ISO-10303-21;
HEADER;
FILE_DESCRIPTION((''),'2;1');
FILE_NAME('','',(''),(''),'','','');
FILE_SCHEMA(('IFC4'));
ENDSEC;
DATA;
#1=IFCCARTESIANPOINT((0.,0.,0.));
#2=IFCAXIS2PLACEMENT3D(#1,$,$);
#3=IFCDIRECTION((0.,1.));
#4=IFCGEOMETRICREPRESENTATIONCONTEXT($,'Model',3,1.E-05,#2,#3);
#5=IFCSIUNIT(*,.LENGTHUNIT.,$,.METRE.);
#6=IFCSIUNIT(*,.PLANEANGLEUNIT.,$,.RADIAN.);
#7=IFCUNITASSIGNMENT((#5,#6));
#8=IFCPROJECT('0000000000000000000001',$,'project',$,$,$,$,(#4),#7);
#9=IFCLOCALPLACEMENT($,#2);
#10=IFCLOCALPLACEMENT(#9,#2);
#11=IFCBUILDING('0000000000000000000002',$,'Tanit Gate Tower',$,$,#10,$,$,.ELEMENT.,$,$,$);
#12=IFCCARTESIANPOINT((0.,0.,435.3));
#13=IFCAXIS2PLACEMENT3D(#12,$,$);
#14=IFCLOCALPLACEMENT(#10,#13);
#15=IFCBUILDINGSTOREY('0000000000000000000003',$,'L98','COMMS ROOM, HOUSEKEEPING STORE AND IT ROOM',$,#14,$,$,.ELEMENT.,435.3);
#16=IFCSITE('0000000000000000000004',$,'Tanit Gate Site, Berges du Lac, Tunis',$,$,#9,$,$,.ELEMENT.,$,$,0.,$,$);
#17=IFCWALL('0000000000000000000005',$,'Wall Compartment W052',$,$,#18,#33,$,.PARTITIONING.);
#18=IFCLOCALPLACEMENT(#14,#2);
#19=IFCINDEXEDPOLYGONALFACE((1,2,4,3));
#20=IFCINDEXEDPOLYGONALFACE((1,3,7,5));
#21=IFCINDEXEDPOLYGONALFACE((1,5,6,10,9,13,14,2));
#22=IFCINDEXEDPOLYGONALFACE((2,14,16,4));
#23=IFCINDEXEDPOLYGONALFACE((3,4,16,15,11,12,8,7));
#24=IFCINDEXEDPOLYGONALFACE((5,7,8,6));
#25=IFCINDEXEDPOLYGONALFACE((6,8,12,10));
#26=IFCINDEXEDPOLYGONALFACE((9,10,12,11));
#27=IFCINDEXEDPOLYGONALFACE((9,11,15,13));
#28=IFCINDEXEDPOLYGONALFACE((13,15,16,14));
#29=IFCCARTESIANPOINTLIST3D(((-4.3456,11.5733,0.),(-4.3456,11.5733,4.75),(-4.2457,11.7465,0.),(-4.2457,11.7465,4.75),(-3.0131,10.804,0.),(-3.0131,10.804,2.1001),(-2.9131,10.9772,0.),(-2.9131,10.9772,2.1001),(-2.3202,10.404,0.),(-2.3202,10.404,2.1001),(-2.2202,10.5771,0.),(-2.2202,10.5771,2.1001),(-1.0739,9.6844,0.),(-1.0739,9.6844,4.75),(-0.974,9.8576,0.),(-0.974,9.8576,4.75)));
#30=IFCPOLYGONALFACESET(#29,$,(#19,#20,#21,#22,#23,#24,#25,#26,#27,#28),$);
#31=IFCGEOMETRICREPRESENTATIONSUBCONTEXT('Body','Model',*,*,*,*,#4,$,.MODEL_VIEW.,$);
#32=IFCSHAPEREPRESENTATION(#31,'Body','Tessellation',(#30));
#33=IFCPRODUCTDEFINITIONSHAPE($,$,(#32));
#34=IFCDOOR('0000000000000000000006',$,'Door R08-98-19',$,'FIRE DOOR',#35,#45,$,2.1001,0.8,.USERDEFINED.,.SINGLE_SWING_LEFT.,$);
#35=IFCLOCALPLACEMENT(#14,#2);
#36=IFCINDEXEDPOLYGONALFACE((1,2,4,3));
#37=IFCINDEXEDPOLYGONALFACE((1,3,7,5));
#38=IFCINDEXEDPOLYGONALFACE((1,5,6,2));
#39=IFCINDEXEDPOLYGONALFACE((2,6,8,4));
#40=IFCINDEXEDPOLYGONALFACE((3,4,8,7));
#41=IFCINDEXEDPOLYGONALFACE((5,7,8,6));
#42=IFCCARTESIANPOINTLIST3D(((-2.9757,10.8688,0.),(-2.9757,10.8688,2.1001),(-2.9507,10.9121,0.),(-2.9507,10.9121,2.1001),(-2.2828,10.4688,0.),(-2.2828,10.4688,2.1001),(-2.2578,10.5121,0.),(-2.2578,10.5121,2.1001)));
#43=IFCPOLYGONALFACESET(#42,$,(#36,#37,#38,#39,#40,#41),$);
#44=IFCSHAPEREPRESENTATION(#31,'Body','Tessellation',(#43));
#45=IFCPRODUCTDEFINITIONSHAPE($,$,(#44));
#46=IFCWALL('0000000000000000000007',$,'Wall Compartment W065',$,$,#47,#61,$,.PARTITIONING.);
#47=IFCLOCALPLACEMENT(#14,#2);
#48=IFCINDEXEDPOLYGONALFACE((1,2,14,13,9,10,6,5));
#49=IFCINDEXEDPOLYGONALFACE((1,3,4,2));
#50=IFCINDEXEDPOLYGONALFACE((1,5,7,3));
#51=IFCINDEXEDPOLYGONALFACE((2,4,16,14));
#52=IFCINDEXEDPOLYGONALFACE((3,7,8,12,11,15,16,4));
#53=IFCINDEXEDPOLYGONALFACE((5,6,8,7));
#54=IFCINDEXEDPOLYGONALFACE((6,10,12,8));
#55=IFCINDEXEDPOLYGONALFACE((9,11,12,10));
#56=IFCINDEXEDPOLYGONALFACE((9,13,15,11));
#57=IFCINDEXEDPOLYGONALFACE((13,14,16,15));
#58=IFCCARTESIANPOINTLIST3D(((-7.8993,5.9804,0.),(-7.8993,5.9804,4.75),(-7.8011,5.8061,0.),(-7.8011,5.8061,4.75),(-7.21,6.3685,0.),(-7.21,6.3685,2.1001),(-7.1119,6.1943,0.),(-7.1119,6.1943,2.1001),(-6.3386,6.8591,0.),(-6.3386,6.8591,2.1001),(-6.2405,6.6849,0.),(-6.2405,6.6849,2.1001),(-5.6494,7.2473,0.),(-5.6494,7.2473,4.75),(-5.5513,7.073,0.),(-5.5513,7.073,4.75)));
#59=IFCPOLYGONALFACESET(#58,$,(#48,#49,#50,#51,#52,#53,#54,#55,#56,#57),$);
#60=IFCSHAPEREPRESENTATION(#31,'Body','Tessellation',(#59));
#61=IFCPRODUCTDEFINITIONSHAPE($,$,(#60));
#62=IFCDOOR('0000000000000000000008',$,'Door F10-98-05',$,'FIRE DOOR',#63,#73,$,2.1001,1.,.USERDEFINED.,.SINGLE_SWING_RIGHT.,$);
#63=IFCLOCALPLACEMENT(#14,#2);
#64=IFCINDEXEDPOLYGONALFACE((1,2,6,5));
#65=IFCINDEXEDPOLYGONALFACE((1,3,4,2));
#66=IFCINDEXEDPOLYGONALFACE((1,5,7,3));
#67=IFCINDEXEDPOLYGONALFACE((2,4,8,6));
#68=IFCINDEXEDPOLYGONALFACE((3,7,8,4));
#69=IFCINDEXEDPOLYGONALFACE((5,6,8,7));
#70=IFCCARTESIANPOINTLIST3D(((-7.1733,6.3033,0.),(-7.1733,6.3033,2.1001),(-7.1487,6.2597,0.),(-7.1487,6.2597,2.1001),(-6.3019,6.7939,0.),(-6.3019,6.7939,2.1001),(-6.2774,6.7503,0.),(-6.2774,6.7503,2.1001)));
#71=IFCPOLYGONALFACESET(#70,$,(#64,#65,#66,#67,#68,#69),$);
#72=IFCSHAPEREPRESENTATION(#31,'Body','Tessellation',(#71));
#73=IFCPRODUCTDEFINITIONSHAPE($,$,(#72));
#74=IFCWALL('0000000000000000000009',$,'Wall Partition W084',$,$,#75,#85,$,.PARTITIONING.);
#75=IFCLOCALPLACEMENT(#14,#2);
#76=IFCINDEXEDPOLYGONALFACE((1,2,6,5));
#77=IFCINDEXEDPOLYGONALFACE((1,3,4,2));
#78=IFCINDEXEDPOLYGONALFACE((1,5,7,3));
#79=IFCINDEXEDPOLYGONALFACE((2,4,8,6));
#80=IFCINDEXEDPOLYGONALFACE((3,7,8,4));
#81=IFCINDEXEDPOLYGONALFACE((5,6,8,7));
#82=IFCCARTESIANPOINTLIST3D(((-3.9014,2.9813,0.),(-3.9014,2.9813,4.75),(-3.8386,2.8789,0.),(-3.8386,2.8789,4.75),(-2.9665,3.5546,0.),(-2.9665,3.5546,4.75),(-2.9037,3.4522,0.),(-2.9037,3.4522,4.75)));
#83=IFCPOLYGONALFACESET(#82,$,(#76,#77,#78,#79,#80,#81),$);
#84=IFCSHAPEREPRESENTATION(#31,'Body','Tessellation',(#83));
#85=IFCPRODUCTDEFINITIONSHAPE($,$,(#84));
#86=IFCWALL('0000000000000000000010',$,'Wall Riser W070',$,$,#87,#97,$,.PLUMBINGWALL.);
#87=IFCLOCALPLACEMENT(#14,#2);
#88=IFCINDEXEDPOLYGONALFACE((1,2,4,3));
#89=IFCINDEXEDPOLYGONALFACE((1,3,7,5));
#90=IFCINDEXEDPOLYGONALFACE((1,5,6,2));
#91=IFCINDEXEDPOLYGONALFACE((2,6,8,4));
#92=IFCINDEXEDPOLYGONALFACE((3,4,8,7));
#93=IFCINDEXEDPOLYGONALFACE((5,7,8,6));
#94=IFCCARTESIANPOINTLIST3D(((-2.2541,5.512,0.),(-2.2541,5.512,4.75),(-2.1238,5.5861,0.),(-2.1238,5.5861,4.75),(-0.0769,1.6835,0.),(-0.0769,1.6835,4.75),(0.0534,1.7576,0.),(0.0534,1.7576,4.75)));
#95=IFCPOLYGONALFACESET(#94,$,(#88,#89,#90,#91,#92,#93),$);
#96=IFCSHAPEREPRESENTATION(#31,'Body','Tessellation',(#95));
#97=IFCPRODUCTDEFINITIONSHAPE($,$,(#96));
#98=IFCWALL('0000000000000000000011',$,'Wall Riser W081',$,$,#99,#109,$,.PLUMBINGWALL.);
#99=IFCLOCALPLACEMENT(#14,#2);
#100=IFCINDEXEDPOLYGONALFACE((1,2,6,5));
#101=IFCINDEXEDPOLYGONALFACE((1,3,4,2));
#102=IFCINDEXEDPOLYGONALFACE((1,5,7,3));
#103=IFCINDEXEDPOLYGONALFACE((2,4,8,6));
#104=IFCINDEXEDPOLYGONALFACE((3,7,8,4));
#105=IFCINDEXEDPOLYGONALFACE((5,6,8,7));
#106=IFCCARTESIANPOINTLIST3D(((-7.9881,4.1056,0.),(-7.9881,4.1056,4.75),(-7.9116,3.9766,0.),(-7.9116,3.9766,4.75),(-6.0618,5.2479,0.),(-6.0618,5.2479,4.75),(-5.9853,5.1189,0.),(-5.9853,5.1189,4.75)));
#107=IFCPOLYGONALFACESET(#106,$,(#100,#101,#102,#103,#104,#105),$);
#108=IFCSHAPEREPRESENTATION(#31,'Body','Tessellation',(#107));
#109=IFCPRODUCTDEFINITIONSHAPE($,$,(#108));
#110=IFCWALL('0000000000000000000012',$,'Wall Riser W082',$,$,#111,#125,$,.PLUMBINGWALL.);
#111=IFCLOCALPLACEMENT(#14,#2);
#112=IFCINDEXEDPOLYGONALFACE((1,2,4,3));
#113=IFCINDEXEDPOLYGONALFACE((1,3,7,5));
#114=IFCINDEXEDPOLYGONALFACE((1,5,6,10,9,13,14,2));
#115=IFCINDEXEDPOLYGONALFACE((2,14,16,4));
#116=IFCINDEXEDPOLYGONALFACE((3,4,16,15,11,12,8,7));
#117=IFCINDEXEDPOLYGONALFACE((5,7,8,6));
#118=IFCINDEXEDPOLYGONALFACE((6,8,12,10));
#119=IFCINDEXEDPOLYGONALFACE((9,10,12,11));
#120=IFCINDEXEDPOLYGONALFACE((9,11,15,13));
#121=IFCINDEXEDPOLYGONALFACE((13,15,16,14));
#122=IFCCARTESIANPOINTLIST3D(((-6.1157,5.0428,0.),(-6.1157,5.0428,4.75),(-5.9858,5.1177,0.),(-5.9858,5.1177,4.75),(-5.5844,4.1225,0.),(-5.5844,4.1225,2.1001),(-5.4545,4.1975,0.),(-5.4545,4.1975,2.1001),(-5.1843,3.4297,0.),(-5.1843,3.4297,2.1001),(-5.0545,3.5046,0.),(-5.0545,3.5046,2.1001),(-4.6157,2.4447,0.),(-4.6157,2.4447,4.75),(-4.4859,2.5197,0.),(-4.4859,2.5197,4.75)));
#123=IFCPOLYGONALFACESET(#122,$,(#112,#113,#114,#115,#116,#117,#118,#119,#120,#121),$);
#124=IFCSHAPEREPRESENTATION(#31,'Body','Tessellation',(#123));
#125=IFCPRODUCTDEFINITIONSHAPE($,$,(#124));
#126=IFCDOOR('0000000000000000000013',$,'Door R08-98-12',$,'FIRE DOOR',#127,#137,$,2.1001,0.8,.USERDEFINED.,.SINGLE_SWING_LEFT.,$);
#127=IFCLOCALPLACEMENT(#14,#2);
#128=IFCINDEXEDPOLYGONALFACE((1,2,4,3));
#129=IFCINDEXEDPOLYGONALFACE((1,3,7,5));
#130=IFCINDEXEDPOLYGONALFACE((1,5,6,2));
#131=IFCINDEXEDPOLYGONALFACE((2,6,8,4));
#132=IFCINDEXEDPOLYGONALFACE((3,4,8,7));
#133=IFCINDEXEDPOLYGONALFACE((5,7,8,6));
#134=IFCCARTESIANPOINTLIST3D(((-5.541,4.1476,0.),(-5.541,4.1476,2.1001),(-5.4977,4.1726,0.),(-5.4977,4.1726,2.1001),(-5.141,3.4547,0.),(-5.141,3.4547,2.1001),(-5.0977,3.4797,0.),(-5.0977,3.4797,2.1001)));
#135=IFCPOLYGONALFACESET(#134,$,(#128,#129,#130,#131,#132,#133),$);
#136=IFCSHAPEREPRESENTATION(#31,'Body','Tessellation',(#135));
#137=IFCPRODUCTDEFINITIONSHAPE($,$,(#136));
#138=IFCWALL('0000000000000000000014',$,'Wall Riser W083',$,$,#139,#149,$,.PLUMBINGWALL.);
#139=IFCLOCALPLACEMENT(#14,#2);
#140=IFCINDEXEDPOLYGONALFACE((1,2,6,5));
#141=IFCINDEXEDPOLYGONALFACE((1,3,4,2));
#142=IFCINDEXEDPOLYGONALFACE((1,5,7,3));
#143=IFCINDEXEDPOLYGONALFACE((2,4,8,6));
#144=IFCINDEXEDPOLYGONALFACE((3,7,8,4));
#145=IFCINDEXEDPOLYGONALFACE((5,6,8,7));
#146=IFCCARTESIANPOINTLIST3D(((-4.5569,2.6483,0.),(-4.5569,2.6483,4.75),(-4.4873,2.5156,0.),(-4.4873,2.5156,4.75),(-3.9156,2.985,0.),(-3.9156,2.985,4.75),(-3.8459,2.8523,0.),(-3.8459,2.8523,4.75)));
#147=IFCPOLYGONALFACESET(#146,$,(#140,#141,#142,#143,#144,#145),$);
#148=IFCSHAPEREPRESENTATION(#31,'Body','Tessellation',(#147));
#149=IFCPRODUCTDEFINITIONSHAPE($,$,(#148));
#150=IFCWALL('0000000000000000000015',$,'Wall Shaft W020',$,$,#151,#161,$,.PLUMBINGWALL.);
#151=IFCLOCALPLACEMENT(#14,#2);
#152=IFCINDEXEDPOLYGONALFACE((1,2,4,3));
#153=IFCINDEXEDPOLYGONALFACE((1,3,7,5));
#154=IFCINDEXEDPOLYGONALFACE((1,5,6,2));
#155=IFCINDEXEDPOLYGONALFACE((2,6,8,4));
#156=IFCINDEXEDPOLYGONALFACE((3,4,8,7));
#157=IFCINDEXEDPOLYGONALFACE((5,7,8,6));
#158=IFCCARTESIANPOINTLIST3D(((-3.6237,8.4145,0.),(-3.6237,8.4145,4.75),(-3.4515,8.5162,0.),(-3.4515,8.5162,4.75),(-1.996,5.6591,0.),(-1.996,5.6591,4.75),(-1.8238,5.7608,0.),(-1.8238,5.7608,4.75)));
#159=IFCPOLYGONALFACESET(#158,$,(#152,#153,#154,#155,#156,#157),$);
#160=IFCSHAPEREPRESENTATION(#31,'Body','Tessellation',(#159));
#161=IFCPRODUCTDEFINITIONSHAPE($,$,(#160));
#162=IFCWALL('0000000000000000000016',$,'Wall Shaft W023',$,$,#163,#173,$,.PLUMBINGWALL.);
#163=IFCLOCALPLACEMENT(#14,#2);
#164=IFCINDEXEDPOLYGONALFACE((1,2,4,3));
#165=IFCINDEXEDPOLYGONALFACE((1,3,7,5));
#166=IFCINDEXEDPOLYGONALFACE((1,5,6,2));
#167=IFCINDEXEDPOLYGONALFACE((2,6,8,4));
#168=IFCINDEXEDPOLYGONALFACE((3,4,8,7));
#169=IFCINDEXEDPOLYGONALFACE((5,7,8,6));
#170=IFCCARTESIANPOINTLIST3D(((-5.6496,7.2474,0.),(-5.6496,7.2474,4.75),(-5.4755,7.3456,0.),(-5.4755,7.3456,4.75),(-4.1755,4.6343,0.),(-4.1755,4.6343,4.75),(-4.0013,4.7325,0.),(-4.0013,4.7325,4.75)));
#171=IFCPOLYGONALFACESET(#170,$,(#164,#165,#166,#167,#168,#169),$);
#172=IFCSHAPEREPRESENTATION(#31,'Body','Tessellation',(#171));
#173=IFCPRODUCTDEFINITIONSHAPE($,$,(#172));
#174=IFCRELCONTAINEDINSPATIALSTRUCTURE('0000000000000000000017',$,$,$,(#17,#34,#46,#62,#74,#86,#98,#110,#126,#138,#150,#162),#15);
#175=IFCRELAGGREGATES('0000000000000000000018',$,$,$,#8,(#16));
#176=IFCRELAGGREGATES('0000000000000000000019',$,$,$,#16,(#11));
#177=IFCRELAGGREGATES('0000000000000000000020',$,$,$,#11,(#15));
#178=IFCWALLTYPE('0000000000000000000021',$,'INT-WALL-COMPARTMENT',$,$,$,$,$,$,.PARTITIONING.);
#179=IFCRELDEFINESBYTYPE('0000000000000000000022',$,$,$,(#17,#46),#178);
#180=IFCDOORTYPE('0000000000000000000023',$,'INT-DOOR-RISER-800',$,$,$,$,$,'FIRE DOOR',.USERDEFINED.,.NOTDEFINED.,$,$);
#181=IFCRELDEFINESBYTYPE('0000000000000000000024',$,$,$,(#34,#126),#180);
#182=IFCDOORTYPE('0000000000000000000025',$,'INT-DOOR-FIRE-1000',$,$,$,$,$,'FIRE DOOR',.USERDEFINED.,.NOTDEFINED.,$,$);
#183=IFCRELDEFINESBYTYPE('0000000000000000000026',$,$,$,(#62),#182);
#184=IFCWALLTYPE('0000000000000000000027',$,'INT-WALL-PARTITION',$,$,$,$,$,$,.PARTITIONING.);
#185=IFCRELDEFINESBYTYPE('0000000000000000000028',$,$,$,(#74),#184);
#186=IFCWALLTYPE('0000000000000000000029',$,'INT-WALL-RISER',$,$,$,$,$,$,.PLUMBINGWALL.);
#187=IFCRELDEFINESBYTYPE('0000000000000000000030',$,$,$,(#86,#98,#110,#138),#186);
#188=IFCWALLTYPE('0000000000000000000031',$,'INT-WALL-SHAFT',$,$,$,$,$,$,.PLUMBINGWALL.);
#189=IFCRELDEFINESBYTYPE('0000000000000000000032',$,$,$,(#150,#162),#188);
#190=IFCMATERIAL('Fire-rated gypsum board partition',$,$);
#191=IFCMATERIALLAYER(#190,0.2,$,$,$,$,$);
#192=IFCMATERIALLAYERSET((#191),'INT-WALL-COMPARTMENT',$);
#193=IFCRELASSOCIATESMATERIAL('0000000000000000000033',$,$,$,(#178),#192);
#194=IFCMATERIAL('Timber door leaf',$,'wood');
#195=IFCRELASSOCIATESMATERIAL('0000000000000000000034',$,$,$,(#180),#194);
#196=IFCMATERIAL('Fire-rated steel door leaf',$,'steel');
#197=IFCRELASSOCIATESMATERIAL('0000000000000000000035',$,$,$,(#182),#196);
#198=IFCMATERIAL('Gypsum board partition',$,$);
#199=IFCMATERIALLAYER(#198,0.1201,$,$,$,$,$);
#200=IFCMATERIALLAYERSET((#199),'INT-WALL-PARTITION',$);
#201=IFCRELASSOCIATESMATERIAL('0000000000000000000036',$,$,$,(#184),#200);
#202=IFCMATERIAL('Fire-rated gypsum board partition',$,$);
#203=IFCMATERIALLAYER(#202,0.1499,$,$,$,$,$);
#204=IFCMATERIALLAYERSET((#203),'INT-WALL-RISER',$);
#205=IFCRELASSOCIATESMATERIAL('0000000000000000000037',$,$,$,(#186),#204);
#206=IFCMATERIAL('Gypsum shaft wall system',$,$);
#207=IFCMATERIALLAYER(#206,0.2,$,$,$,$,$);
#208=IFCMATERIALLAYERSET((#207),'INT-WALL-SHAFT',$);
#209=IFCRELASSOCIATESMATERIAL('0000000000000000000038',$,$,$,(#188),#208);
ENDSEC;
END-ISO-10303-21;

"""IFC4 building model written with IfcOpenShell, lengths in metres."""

from ifc_helpers import new_model, si_unit, direction, frame, frame_2d, origin, place, context, subcontext, project, spatial, rectangle, extrude, material, layer, layer_set, type_object, element, fill, save


model = new_model("IFC4")

# Units and contexts
model_context = context("Model", 3, precision=1e-05, world=origin(), true_north=direction((0.0, 1.0)))
body_context = subcontext(model_context, "Body", "Model", "MODEL_VIEW")
ifc_project = project(units=[si_unit("LENGTHUNIT", "METRE"), si_unit("PLANEANGLEUNIT", "RADIAN")], contexts=[model_context])

# Site, building, storey
site_placement = place(None, origin())
site = spatial("IfcSite", under=ifc_project, at=site_placement, Name="Tanit Gate Site, Berges du Lac, Tunis", CompositionType="ELEMENT", RefElevation=0.0)
building_placement = place(site_placement, origin())
building = spatial("IfcBuilding", under=site, at=building_placement, Name="Tanit Gate Tower", CompositionType="ELEMENT")
storey_placement = place(building_placement, frame((0.0, 0.0, 435.3)))
storey = spatial("IfcBuildingStorey", under=building, at=storey_placement, Name="L98", Description="COMMS ROOM, HOUSEKEEPING STORE AND IT ROOM", CompositionType="ELEMENT", Elevation=435.3)

# Walls, openings, doors
ifc_material_1 = material(Name="Fire-rated gypsum board partition")
ifc_layer_1 = layer(ifc_material_1, 0.2)
ifc_layer_set_1 = layer_set([ifc_layer_1], Name="INT-WALL-COMPARTMENT")
wall_type_1 = type_object("IfcWallType", Name="INT-WALL-COMPARTMENT", PredefinedType="PARTITIONING", material=ifc_layer_set_1)
wall_1_placement = place(storey_placement, frame((-4.2957, 11.6599, 0.0), z_axis=(0.0, 0.0, 1.0), x_axis=(0.866027, -0.499997, 0.0)))
wall_1 = element("IfcWall", 1, at=wall_1_placement, inside=storey, type_object=wall_type_1, Name="Wall Compartment W052", PredefinedType="PARTITIONING", context=body_context, shape_type="SweptSolid", body=[
    extrude(rectangle(XDim=3.7778, YDim=0.2, at=frame_2d((1.8889, 0.0))), origin(), (0.0, 0.0, 1.0), 4.75),
])
opening_1_placement = place(wall_1_placement, frame((1.5388, 0.0, 0.0)))
opening_1 = element("IfcOpeningElement", 2, at=opening_1_placement, cuts=wall_1, PredefinedType="OPENING", context=body_context, shape_type="SweptSolid", body=[
    extrude(rectangle(XDim=0.8, YDim=2.1001, at=frame_2d((0.3999, 1.05))), frame((0.0, 0.1099, 0.0), z_axis=(0.0, -1.0, 0.0), x_axis=(1.0, 0.0, 0.0)), (0.0, 0.0, 1.0), 0.22),
])
ifc_material_2 = material(Name="Timber door leaf", Category="wood")
door_type_1 = type_object("IfcDoorType", Name="INT-DOOR-RISER-800", ElementType="FIRE DOOR", OperationType="NOTDEFINED", PredefinedType="USERDEFINED", material=ifc_material_2)
door_1_placement = place(opening_1_placement, origin())
door_1 = element("IfcDoor", 3, at=door_1_placement, inside=storey, type_object=door_type_1, Name="Door R08-98-19", ObjectType="FIRE DOOR", OperationType="SINGLE_SWING_LEFT", OverallHeight=2.1001, OverallWidth=0.8, PredefinedType="USERDEFINED", context=body_context, shape_type="SweptSolid", body=[
    extrude(rectangle(XDim=0.8, YDim=2.1001, at=frame_2d((0.3999, 1.05))), frame((0.0, 0.0249, 0.0), z_axis=(0.0, -1.0, 0.0), x_axis=(1.0, 0.0, 0.0)), (0.0, 0.0, 1.0), 0.05),
])
fill(opening_1, door_1)
wall_2_placement = place(storey_placement, frame((-5.6003, 7.1602, 0.0), z_axis=(0.0, 0.0, 1.0), x_axis=(-0.871351, -0.490661, 0.0)))
wall_2 = element("IfcWall", 4, at=wall_2_placement, inside=storey, type_object=wall_type_1, Name="Wall Compartment W065", PredefinedType="PARTITIONING", context=body_context, shape_type="SweptSolid", body=[
    extrude(rectangle(XDim=2.582, YDim=0.2, at=frame_2d((1.291, 0.0))), origin(), (0.0, 0.0, 1.0), 4.75),
])
opening_2_placement = place(wall_2_placement, frame((0.791, 0.0, 0.0)))
opening_2 = element("IfcOpeningElement", 5, at=opening_2_placement, cuts=wall_2, PredefinedType="OPENING", context=body_context, shape_type="SweptSolid", body=[
    extrude(rectangle(XDim=1.0, YDim=2.1001, at=frame_2d((0.5, 1.05))), frame((0.0, 0.1099, 0.0), z_axis=(0.0, -1.0, 0.0), x_axis=(1.0, 0.0, 0.0)), (0.0, 0.0, 1.0), 0.22),
])
ifc_material_3 = material(Name="Fire-rated steel door leaf", Category="steel")
door_type_2 = type_object("IfcDoorType", Name="INT-DOOR-FIRE-1000", ElementType="FIRE DOOR", OperationType="NOTDEFINED", PredefinedType="USERDEFINED", material=ifc_material_3)
door_2_placement = place(opening_2_placement, origin())
door_2 = element("IfcDoor", 6, at=door_2_placement, inside=storey, type_object=door_type_2, Name="Door F10-98-05", ObjectType="FIRE DOOR", OperationType="SINGLE_SWING_RIGHT", OverallHeight=2.1001, OverallWidth=1.0, PredefinedType="USERDEFINED", context=body_context, shape_type="SweptSolid", body=[
    extrude(rectangle(XDim=1.0, YDim=2.1001, at=frame_2d((0.5, 1.05))), frame((0.0, 0.0249, 0.0), z_axis=(0.0, -1.0, 0.0), x_axis=(1.0, 0.0, 0.0)), (0.0, 0.0, 1.0), 0.05),
])
fill(opening_2, door_2)

# Walls
ifc_material_4 = material(Name="Gypsum board partition")
ifc_layer_2 = layer(ifc_material_4, 0.1201)
ifc_layer_set_2 = layer_set([ifc_layer_2], Name="INT-WALL-PARTITION")
wall_type_2 = type_object("IfcWallType", Name="INT-WALL-PARTITION", PredefinedType="PARTITIONING", material=ifc_layer_set_2)
wall_3_placement = place(storey_placement, frame((-2.9351, 3.5034, 0.0), z_axis=(0.0, 0.0, 1.0), x_axis=(-0.852483, -0.522755, 0.0)))
element("IfcWall", 7, at=wall_3_placement, inside=storey, type_object=wall_type_2, Name="Wall Partition W084", PredefinedType="PARTITIONING", context=body_context, shape_type="SweptSolid", body=[
    extrude(rectangle(XDim=1.0967, YDim=0.1201, at=frame_2d((0.5483, 0.0))), origin(), (0.0, 0.0, 1.0), 4.75),
])
ifc_material_5 = material(Name="Fire-rated gypsum board partition")
ifc_layer_3 = layer(ifc_material_5, 0.1499)
ifc_layer_set_3 = layer_set([ifc_layer_3], Name="INT-WALL-RISER")
wall_type_3 = type_object("IfcWallType", Name="INT-WALL-RISER", PredefinedType="PLUMBINGWALL", material=ifc_layer_set_3)
wall_4_placement = place(storey_placement, frame((-2.189, 5.5491, 0.0), z_axis=(0.0, 0.0, 1.0), x_axis=(0.494335, -0.869271, 0.0)))
element("IfcWall", 8, at=wall_4_placement, inside=storey, type_object=wall_type_3, Name="Wall Riser W070", PredefinedType="PLUMBINGWALL", context=body_context, shape_type="SweptSolid", body=[
    extrude(rectangle(XDim=4.4043, YDim=0.1499, at=frame_2d((2.2021, 0.0))), origin(), (0.0, 0.0, 1.0), 4.75),
])
wall_5_placement = place(storey_placement, frame((-6.0237, 5.1833, 0.0), z_axis=(0.0, 0.0, 1.0), x_axis=(-0.860127, -0.51008, 0.0)))
element("IfcWall", 9, at=wall_5_placement, inside=storey, type_object=wall_type_3, Name="Wall Riser W081", PredefinedType="PLUMBINGWALL", context=body_context, shape_type="SweptSolid", body=[
    extrude(rectangle(XDim=2.2395, YDim=0.1499, at=frame_2d((1.1196, 0.0))), origin(), (0.0, 0.0, 1.0), 4.75),
])

# Wall, opening, door
wall_6_placement = place(storey_placement, frame((-4.5508, 2.4822, 0.0), z_axis=(0.0, 0.0, 1.0), x_axis=(-0.49999, 0.866031, 0.0)))
wall_6 = element("IfcWall", 10, at=wall_6_placement, inside=storey, type_object=wall_type_3, Name="Wall Riser W082", PredefinedType="PLUMBINGWALL", context=body_context, shape_type="SweptSolid", body=[
    extrude(rectangle(XDim=3.0, YDim=0.1499, at=frame_2d((1.5, 0.0))), origin(), (0.0, 0.0, 1.0), 4.75),
])
opening_3_placement = place(wall_6_placement, frame((1.1375, 0.0, 0.0)))
opening_3 = element("IfcOpeningElement", 11, at=opening_3_placement, cuts=wall_6, PredefinedType="OPENING", context=body_context, shape_type="SweptSolid", body=[
    extrude(rectangle(XDim=0.8, YDim=2.1001, at=frame_2d((0.3999, 1.05))), frame((0.0, 0.085, 0.0), z_axis=(0.0, -1.0, 0.0), x_axis=(1.0, 0.0, 0.0)), (0.0, 0.0, 1.0), 0.1699),
])
door_3_placement = place(opening_3_placement, origin())
door_3 = element("IfcDoor", 12, at=door_3_placement, inside=storey, type_object=door_type_1, Name="Door R08-98-12", ObjectType="FIRE DOOR", OperationType="SINGLE_SWING_LEFT", OverallHeight=2.1001, OverallWidth=0.8, PredefinedType="USERDEFINED", context=body_context, shape_type="SweptSolid", body=[
    extrude(rectangle(XDim=0.8, YDim=2.1001, at=frame_2d((0.3999, 1.05))), frame((0.0, 0.0249, 0.0), z_axis=(0.0, -1.0, 0.0), x_axis=(1.0, 0.0, 0.0)), (0.0, 0.0, 1.0), 0.05),
])
fill(opening_3, door_3)

# Wall
wall_7_placement = place(storey_placement, frame((-3.8806, 2.9187, 0.0), z_axis=(0.0, 0.0, 1.0), x_axis=(-0.885422, -0.464788, 0.0)))
element("IfcWall", 13, at=wall_7_placement, inside=storey, type_object=wall_type_3, Name="Wall Riser W083", PredefinedType="PLUMBINGWALL", context=body_context, shape_type="SweptSolid", body=[
    extrude(rectangle(XDim=0.7244, YDim=0.1499, at=frame_2d((0.3623, 0.0))), origin(), (0.0, 0.0, 1.0), 4.75),
])

# Shared definitions
ifc_material_6 = material(Name="Gypsum shaft wall system")
ifc_layer_4 = layer(ifc_material_6, 0.2)
ifc_layer_set_4 = layer_set([ifc_layer_4], Name="INT-WALL-SHAFT")
wall_type_4 = type_object("IfcWallType", Name="INT-WALL-SHAFT", PredefinedType="PLUMBINGWALL", material=ifc_layer_set_4)

# Walls
wall_8_placement = place(storey_placement, frame((-3.5376, 8.4653, 0.0), z_axis=(0.0, 0.0, 1.0), x_axis=(0.508616, -0.860993, 0.0)))
element("IfcWall", 14, at=wall_8_placement, inside=storey, type_object=wall_type_4, Name="Wall Shaft W020", PredefinedType="PLUMBINGWALL", context=body_context, shape_type="SweptSolid", body=[
    extrude(rectangle(XDim=3.2002, YDim=0.2, at=frame_2d((1.6001, 0.0))), origin(), (0.0, 0.0, 1.0), 4.75),
])
wall_9_placement = place(storey_placement, frame((-5.5625, 7.2964, 0.0), z_axis=(0.0, 0.0, 1.0), x_axis=(0.491347, -0.870964, 0.0)))
element("IfcWall", 15, at=wall_9_placement, inside=storey, type_object=wall_type_4, Name="Wall Shaft W023", PredefinedType="PLUMBINGWALL", context=body_context, shape_type="SweptSolid", body=[
    extrude(rectangle(XDim=3.0002, YDim=0.2, at=frame_2d((1.5, 0.0))), origin(), (0.0, 0.0, 1.0), 4.75),
])

save(model, "model.ifc")
